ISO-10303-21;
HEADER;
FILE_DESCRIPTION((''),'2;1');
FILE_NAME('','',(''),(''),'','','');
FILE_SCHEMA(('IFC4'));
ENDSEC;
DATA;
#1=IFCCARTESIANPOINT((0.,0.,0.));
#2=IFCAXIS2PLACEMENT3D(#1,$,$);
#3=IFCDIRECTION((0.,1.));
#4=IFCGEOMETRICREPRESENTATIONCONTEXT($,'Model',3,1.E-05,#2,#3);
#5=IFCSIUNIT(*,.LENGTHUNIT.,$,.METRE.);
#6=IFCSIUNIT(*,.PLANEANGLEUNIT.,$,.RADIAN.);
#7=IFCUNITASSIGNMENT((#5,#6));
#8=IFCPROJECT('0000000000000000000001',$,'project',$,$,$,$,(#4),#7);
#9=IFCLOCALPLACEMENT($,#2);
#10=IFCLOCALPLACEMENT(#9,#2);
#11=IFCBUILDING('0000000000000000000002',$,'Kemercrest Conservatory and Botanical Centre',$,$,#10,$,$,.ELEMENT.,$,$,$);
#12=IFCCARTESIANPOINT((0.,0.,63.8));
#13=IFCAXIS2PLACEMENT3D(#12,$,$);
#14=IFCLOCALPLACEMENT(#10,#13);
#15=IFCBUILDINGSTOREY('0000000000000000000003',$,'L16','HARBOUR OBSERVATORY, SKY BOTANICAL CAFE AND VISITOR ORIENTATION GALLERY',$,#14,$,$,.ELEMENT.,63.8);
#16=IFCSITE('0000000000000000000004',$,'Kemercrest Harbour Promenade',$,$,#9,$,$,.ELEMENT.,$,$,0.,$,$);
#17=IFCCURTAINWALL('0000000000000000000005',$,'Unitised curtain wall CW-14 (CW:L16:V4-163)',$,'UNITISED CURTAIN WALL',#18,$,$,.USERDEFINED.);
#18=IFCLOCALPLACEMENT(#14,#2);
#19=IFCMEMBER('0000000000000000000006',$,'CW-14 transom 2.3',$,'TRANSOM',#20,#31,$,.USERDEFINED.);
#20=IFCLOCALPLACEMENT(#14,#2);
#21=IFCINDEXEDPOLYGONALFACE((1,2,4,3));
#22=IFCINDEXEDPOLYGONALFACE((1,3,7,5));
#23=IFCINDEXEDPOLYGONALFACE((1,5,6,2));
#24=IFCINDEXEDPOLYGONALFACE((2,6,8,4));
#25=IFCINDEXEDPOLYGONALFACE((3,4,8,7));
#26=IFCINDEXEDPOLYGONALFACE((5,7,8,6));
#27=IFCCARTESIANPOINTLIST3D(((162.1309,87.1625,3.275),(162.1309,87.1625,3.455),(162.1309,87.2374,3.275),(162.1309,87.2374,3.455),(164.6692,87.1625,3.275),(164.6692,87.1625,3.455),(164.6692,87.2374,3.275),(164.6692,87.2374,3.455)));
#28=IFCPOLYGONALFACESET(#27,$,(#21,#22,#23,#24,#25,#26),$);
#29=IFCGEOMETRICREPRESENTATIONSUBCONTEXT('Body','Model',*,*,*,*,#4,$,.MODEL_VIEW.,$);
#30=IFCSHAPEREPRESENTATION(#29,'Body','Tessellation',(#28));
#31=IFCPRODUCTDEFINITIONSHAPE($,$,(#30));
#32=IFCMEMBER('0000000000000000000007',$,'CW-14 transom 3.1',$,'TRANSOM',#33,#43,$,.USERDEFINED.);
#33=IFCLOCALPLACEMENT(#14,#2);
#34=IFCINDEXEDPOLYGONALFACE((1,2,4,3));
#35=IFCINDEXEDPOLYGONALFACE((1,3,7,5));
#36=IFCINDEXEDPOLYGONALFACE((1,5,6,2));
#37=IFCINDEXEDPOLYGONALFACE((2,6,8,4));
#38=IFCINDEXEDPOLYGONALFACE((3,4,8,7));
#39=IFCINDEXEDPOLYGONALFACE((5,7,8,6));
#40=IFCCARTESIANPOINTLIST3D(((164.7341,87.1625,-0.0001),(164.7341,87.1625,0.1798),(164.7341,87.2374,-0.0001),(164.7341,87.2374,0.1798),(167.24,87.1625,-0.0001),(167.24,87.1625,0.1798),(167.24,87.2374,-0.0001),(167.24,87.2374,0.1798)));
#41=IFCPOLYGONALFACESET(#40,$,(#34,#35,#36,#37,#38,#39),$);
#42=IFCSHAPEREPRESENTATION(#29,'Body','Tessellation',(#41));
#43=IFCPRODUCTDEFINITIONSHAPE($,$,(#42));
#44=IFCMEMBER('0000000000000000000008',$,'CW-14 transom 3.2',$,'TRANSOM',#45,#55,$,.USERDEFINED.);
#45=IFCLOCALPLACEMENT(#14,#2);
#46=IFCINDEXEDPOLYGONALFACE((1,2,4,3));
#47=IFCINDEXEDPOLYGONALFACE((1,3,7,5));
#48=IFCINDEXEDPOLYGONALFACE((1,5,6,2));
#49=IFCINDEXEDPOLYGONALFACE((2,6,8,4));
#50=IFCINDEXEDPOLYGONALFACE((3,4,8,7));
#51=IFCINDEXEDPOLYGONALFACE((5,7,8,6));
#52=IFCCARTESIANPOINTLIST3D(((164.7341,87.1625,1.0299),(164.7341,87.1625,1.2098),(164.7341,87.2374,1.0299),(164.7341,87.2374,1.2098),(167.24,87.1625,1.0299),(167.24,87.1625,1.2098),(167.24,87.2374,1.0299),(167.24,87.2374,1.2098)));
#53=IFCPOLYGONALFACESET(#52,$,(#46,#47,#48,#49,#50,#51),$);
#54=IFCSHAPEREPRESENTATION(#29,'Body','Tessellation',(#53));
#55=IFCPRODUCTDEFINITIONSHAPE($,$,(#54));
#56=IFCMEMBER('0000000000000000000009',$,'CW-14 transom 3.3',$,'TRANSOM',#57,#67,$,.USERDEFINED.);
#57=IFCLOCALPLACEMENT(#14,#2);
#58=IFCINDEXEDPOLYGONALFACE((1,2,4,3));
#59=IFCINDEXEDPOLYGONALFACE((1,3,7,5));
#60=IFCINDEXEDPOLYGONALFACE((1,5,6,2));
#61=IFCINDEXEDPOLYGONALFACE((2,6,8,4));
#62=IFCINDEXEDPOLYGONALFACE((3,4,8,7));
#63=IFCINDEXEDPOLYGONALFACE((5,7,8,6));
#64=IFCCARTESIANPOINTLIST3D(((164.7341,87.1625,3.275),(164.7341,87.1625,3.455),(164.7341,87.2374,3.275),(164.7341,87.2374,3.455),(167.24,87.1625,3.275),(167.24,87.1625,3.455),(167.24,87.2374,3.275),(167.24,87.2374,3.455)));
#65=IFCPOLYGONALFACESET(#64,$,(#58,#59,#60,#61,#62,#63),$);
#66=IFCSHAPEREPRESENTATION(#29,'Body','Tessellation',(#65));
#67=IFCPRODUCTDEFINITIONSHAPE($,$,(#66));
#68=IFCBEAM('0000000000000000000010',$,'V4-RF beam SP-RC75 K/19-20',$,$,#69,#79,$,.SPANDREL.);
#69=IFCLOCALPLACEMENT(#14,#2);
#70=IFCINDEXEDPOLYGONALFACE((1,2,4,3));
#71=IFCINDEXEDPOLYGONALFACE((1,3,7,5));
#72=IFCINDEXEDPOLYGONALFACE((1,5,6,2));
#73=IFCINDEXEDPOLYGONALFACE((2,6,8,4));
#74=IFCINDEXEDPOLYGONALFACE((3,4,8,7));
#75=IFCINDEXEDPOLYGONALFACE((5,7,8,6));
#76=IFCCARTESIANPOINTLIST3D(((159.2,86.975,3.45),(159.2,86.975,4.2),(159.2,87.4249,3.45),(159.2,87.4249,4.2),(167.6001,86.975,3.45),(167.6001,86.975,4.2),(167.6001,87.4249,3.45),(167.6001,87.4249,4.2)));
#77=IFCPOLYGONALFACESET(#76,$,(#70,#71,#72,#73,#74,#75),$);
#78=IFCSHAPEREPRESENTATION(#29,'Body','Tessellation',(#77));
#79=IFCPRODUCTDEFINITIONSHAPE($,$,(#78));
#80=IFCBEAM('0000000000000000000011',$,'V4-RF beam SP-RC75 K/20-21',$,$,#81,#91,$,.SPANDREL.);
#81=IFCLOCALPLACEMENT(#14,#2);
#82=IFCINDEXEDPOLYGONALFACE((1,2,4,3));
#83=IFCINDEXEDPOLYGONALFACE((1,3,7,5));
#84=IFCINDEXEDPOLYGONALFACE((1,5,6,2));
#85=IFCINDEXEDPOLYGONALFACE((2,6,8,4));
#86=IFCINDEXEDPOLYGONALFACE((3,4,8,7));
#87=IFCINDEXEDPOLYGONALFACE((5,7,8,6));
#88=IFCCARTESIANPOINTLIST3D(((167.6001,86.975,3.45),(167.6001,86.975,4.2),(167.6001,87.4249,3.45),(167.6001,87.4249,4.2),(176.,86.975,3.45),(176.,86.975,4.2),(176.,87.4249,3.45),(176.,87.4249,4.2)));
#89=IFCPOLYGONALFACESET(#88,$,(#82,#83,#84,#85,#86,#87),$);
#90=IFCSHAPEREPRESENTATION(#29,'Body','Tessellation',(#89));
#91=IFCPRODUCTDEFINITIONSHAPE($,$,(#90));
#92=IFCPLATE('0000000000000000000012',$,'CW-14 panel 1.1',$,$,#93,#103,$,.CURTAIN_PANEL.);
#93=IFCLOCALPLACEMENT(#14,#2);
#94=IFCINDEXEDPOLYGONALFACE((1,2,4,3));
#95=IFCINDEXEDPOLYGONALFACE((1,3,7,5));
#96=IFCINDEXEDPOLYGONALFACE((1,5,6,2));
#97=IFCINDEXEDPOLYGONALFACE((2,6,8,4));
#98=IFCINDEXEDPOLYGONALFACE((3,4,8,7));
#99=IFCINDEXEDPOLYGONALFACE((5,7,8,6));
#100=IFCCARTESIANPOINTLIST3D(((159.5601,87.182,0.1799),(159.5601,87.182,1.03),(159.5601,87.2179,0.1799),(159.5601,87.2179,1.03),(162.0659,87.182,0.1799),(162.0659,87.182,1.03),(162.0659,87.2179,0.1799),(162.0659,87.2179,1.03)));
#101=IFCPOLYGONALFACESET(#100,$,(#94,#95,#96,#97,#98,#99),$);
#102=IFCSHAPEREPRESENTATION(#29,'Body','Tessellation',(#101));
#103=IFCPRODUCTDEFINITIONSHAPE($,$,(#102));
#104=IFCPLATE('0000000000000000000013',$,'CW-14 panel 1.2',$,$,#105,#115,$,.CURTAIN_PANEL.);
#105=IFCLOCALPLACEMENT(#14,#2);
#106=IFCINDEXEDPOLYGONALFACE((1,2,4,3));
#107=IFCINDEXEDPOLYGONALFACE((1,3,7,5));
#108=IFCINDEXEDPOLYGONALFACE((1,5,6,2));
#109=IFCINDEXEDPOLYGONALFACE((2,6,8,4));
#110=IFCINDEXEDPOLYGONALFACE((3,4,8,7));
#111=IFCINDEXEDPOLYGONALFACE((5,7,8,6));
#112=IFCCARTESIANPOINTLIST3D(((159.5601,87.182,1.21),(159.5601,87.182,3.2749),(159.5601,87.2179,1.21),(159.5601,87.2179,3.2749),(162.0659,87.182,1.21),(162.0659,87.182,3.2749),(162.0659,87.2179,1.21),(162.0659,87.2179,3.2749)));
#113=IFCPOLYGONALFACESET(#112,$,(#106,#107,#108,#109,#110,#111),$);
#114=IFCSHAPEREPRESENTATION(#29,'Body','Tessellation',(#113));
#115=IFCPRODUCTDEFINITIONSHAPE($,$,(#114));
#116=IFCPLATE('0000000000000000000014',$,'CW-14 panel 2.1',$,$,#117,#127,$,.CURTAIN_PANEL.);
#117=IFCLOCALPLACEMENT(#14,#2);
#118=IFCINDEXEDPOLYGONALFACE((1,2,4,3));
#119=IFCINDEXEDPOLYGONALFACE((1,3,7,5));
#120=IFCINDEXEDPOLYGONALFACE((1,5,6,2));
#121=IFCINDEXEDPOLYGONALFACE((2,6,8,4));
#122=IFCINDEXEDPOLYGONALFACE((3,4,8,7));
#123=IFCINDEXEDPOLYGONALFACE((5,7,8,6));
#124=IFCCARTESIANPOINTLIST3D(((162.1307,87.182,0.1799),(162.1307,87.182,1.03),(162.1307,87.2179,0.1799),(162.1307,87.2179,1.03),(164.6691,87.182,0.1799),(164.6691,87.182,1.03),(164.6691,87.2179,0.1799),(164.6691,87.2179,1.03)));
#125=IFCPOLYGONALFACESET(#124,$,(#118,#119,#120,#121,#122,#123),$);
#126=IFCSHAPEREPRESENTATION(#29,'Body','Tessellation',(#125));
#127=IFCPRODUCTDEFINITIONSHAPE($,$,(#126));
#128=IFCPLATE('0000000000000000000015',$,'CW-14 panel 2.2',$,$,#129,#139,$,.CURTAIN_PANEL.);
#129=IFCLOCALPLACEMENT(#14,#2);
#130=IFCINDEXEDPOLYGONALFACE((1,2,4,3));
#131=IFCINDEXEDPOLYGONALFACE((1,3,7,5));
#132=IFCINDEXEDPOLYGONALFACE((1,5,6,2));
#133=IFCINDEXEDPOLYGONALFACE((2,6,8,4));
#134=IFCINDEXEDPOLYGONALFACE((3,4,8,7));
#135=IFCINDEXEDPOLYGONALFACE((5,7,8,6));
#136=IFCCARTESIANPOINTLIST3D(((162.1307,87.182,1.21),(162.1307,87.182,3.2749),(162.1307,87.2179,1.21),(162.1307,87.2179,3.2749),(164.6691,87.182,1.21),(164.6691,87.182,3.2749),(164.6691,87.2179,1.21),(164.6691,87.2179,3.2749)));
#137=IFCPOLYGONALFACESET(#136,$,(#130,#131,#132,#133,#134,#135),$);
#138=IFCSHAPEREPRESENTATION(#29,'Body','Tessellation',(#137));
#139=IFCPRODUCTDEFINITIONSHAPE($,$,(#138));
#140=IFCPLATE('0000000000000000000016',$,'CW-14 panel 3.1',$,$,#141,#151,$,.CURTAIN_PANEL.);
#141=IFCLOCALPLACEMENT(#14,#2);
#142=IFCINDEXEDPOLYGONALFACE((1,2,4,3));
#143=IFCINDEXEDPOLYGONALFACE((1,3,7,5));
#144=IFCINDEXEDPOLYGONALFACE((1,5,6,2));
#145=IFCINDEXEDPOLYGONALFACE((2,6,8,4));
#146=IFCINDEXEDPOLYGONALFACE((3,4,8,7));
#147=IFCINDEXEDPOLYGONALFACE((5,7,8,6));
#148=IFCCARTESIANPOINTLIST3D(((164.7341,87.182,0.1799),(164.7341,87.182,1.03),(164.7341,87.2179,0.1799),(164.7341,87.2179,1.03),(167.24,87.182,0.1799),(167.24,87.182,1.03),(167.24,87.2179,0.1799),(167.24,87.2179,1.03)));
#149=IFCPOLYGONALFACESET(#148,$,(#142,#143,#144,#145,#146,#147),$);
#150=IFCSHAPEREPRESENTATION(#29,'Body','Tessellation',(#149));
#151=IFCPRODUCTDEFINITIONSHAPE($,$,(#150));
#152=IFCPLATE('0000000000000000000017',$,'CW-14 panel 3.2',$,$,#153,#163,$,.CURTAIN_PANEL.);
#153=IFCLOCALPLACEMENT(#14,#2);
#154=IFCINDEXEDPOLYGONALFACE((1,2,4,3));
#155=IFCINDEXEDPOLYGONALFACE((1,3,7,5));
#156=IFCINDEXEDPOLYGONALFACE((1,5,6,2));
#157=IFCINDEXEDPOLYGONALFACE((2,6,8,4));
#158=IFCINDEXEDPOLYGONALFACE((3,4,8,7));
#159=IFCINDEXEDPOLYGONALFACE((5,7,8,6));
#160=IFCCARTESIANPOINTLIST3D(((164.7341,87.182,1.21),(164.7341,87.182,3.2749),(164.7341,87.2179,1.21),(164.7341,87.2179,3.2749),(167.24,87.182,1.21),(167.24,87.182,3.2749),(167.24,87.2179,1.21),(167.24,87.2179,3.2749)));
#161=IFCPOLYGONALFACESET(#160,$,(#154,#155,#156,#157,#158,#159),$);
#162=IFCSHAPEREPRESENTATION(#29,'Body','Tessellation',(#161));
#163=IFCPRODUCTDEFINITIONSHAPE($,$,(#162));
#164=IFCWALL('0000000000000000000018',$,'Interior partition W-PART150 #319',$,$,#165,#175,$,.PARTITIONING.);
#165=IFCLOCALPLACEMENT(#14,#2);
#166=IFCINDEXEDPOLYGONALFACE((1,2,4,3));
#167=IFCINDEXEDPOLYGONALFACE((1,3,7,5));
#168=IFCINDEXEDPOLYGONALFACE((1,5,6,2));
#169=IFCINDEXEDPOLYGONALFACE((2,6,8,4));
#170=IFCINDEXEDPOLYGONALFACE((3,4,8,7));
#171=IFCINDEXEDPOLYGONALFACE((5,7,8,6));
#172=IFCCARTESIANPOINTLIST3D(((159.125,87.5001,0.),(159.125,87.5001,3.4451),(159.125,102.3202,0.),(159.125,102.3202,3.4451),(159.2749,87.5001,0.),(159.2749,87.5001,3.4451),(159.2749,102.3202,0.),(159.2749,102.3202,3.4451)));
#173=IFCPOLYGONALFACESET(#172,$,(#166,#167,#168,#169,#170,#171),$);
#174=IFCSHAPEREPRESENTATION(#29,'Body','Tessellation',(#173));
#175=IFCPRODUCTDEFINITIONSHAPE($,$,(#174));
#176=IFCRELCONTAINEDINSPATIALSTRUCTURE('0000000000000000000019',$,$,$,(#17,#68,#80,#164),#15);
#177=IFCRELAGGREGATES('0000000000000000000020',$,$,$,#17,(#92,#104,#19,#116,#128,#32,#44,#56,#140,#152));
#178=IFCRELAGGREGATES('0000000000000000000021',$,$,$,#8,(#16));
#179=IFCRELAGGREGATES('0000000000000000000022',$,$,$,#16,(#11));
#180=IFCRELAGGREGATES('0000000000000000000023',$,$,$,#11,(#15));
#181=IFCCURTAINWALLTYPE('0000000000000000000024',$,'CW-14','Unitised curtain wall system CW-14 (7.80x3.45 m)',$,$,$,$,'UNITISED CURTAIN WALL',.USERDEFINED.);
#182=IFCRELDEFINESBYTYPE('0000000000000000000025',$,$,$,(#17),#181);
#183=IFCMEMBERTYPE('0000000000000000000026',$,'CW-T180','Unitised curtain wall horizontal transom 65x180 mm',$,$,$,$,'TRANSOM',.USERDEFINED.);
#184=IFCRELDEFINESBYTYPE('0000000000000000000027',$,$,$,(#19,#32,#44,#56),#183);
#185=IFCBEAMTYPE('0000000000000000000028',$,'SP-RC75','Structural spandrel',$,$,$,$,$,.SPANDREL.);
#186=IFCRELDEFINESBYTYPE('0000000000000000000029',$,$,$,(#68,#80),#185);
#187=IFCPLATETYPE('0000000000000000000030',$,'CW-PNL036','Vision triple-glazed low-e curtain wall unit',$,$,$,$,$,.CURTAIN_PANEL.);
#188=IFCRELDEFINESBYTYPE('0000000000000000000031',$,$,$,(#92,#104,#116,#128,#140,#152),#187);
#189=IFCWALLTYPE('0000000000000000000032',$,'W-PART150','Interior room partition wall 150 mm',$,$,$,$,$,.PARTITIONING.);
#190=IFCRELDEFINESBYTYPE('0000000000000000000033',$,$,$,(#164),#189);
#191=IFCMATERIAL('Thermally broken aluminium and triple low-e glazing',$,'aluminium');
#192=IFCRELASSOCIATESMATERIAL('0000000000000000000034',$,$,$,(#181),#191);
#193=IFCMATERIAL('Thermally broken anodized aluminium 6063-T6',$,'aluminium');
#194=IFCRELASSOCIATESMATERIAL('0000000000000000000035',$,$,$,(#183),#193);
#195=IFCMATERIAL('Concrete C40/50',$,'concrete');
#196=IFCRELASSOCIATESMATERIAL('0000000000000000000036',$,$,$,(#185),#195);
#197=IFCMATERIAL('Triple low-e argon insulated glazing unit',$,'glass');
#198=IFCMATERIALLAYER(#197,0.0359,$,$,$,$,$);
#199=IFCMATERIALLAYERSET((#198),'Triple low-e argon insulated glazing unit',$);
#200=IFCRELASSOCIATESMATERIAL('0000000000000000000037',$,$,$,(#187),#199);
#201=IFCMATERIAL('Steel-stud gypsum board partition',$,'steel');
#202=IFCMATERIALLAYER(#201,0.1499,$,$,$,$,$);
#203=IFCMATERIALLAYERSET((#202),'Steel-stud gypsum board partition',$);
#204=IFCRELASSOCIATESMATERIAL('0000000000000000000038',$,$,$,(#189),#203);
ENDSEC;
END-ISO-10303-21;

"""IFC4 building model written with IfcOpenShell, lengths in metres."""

from ifc_helpers import new_model, si_unit, direction, frame, frame_2d, origin, origin_2d, place, context, subcontext, project, spatial, rectangle, extrude, material, layer, layer_set, material_profile, profile_set, type_object, element, aggregate, save


model = new_model("IFC4")

# Units and contexts
model_context = context("Model", 3, precision=1e-05, world=origin(), true_north=direction((0.0, 1.0)))
body_context = subcontext(model_context, "Body", "Model", "MODEL_VIEW")
ifc_project = project(units=[si_unit("LENGTHUNIT", "METRE"), si_unit("PLANEANGLEUNIT", "RADIAN")], contexts=[model_context])

# Site, building, storey
site_placement = place(None, origin())
site = spatial("IfcSite", under=ifc_project, at=site_placement, Name="Kemercrest Harbour Promenade", CompositionType="ELEMENT", RefElevation=0.0)
building_placement = place(site_placement, origin())
building = spatial("IfcBuilding", under=site, at=building_placement, Name="Kemercrest Conservatory and Botanical Centre", CompositionType="ELEMENT")
storey_placement = place(building_placement, frame((0.0, 0.0, 63.8)))
storey = spatial("IfcBuildingStorey", under=building, at=storey_placement, Name="L16", Description="HARBOUR OBSERVATORY, SKY BOTANICAL CAFE AND VISITOR ORIENTATION GALLERY", CompositionType="ELEMENT", Elevation=63.8)

# Shared definitions
ifc_material_1 = material(Name="Concrete C40/50", Category="concrete")

# Shared definitions
ifc_material_2 = material(Name="Thermally broken aluminium and triple low-e glazing", Category="aluminium")
ifc_material_3 = material(Name="Thermally broken anodized aluminium 6063-T6", Category="aluminium")

# Curtain wall
curtain_wall_type_1 = type_object("IfcCurtainWallType", Name="CW-14", Description="Unitised curtain wall system CW-14 (7.80x3.45 m)", ElementType="UNITISED CURTAIN WALL", PredefinedType="USERDEFINED", material=ifc_material_2)
curtain_wall_1_placement = place(storey_placement, origin())
curtain_wall_1 = element("IfcCurtainWall", 1, at=curtain_wall_1_placement, inside=storey, type_object=curtain_wall_type_1, Name="Unitised curtain wall CW-14 (CW:L16:V4-163)", ObjectType="UNITISED CURTAIN WALL", PredefinedType="USERDEFINED")

# Members
ifc_material_profile_1 = material_profile(ifc_material_3, rectangle(XDim=0.075, YDim=0.1799, at=origin_2d()), Name="AL TRANSOM 75x180")
ifc_profile_set_1 = profile_set([ifc_material_profile_1], Name="Thermally broken anodized aluminium 6063-T6")
member_type_1 = type_object("IfcMemberType", Name="CW-T180", Description="Unitised curtain wall horizontal transom 65x180 mm", ElementType="TRANSOM", PredefinedType="USERDEFINED", material=ifc_profile_set_1)
member_1_placement = place(storey_placement, frame((162.1309, 87.2, 3.365), z_axis=(1.0, 0.0, 0.0), x_axis=(0.0, 1.0, 0.0)))
member_1 = element("IfcMember", 2, at=member_1_placement, type_object=member_type_1, Name="CW-14 transom 2.3", ObjectType="TRANSOM", PredefinedType="USERDEFINED", context=body_context, shape_type="SweptSolid", body=[
    extrude(rectangle(XDim=0.075, YDim=0.1799, at=origin_2d()), origin(), (0.0, 0.0, 1.0), 2.5383),
])
member_2_placement = place(storey_placement, frame((164.7341, 87.2, 0.0898), z_axis=(1.0, 0.0, 0.0), x_axis=(0.0, 1.0, 0.0)))
member_2 = element("IfcMember", 3, at=member_2_placement, type_object=member_type_1, Name="CW-14 transom 3.1", ObjectType="TRANSOM", PredefinedType="USERDEFINED", context=body_context, shape_type="SweptSolid", body=[
    extrude(rectangle(XDim=0.075, YDim=0.1799, at=origin_2d()), origin(), (0.0, 0.0, 1.0), 2.5059),
])
member_3_placement = place(storey_placement, frame((164.7341, 87.2, 1.1199), z_axis=(1.0, 0.0, 0.0), x_axis=(0.0, 1.0, 0.0)))
member_3 = element("IfcMember", 4, at=member_3_placement, type_object=member_type_1, Name="CW-14 transom 3.2", ObjectType="TRANSOM", PredefinedType="USERDEFINED", context=body_context, shape_type="SweptSolid", body=[
    extrude(rectangle(XDim=0.075, YDim=0.1799, at=origin_2d()), origin(), (0.0, 0.0, 1.0), 2.5059),
])
member_4_placement = place(storey_placement, frame((164.7341, 87.2, 3.365), z_axis=(1.0, 0.0, 0.0), x_axis=(0.0, 1.0, 0.0)))
member_4 = element("IfcMember", 5, at=member_4_placement, type_object=member_type_1, Name="CW-14 transom 3.3", ObjectType="TRANSOM", PredefinedType="USERDEFINED", context=body_context, shape_type="SweptSolid", body=[
    extrude(rectangle(XDim=0.075, YDim=0.1799, at=origin_2d()), origin(), (0.0, 0.0, 1.0), 2.5059),
])

# Beams
ifc_material_profile_2 = material_profile(ifc_material_1, rectangle(XDim=0.45, YDim=0.75, at=origin_2d()), Name="RC 450x750")
ifc_profile_set_2 = profile_set([ifc_material_profile_2], Name="Concrete C40/50")
beam_type_1 = type_object("IfcBeamType", Name="SP-RC75", Description="Structural spandrel", PredefinedType="SPANDREL", material=ifc_profile_set_2)
beam_1_placement = place(storey_placement, frame((159.2, 87.2, 3.825), z_axis=(1.0, 0.0, 0.0), x_axis=(0.0, 1.0, 0.0)))
element("IfcBeam", 6, at=beam_1_placement, inside=storey, type_object=beam_type_1, Name="V4-RF beam SP-RC75 K/19-20", PredefinedType="SPANDREL", context=body_context, shape_type="SweptSolid", body=[
    extrude(rectangle(XDim=0.45, YDim=0.75, at=origin_2d()), origin(), (0.0, 0.0, 1.0), 8.4001),
])
beam_2_placement = place(storey_placement, frame((167.6001, 87.2, 3.825), z_axis=(1.0, 0.0, 0.0), x_axis=(0.0, 1.0, 0.0)))
element("IfcBeam", 7, at=beam_2_placement, inside=storey, type_object=beam_type_1, Name="V4-RF beam SP-RC75 K/20-21", PredefinedType="SPANDREL", context=body_context, shape_type="SweptSolid", body=[
    extrude(rectangle(XDim=0.45, YDim=0.75, at=origin_2d()), origin(), (0.0, 0.0, 1.0), 8.3999),
])

# Plates
ifc_material_4 = material(Name="Triple low-e argon insulated glazing unit", Category="glass")
ifc_layer_1 = layer(ifc_material_4, 0.0359)
ifc_layer_set_1 = layer_set([ifc_layer_1], Name="Triple low-e argon insulated glazing unit")
plate_type = type_object("IfcPlateType", Name="CW-PNL036", Description="Vision triple-glazed low-e curtain wall unit", PredefinedType="CURTAIN_PANEL", material=ifc_layer_set_1)
plate_1_placement = place(storey_placement, frame((160.813, 87.2, 0.1799), z_axis=(0.0, 0.0, 1.0), x_axis=(1.0, 0.0, 0.0)))
plate_1 = element("IfcPlate", 8, at=plate_1_placement, type_object=plate_type, Name="CW-14 panel 1.1", PredefinedType="CURTAIN_PANEL", context=body_context, shape_type="SweptSolid", body=[
    extrude(rectangle(XDim=2.5059, YDim=0.0359, at=origin_2d()), origin(), (0.0, 0.0, 1.0), 0.8501),
])
plate_2_placement = place(storey_placement, frame((160.813, 87.2, 1.21), z_axis=(0.0, 0.0, 1.0), x_axis=(1.0, 0.0, 0.0)))
plate_2 = element("IfcPlate", 9, at=plate_2_placement, type_object=plate_type, Name="CW-14 panel 1.2", PredefinedType="CURTAIN_PANEL", context=body_context, shape_type="SweptSolid", body=[
    extrude(rectangle(XDim=2.5059, YDim=0.0359, at=origin_2d()), origin(), (0.0, 0.0, 1.0), 2.0649),
])
plate_3_placement = place(storey_placement, frame((163.3999, 87.2, 0.1799), z_axis=(0.0, 0.0, 1.0), x_axis=(1.0, 0.0, 0.0)))
plate_3 = element("IfcPlate", 10, at=plate_3_placement, type_object=plate_type, Name="CW-14 panel 2.1", PredefinedType="CURTAIN_PANEL", context=body_context, shape_type="SweptSolid", body=[
    extrude(rectangle(XDim=2.5383, YDim=0.0359, at=origin_2d()), origin(), (0.0, 0.0, 1.0), 0.8501),
])
plate_4_placement = place(storey_placement, frame((163.3999, 87.2, 1.21), z_axis=(0.0, 0.0, 1.0), x_axis=(1.0, 0.0, 0.0)))
plate_4 = element("IfcPlate", 11, at=plate_4_placement, type_object=plate_type, Name="CW-14 panel 2.2", PredefinedType="CURTAIN_PANEL", context=body_context, shape_type="SweptSolid", body=[
    extrude(rectangle(XDim=2.5383, YDim=0.0359, at=origin_2d()), origin(), (0.0, 0.0, 1.0), 2.0649),
])
plate_5_placement = place(storey_placement, frame((165.9871, 87.2, 0.1799), z_axis=(0.0, 0.0, 1.0), x_axis=(1.0, 0.0, 0.0)))
plate_5 = element("IfcPlate", 12, at=plate_5_placement, type_object=plate_type, Name="CW-14 panel 3.1", PredefinedType="CURTAIN_PANEL", context=body_context, shape_type="SweptSolid", body=[
    extrude(rectangle(XDim=2.5059, YDim=0.0359, at=origin_2d()), origin(), (0.0, 0.0, 1.0), 0.8501),
])
plate_6_placement = place(storey_placement, frame((165.9871, 87.2, 1.21), z_axis=(0.0, 0.0, 1.0), x_axis=(1.0, 0.0, 0.0)))
plate_6 = element("IfcPlate", 13, at=plate_6_placement, type_object=plate_type, Name="CW-14 panel 3.2", PredefinedType="CURTAIN_PANEL", context=body_context, shape_type="SweptSolid", body=[
    extrude(rectangle(XDim=2.5059, YDim=0.0359, at=origin_2d()), origin(), (0.0, 0.0, 1.0), 2.0649),
])
aggregate(curtain_wall_1, [plate_1, plate_2, member_1, plate_3, plate_4, member_2, member_3, member_4, plate_5, plate_6])

# Wall
ifc_material_5 = material(Name="Steel-stud gypsum board partition", Category="steel")
ifc_layer_2 = layer(ifc_material_5, 0.1499)
ifc_layer_set_2 = layer_set([ifc_layer_2], Name="Steel-stud gypsum board partition")
wall_type = type_object("IfcWallType", Name="W-PART150", Description="Interior room partition wall 150 mm", PredefinedType="PARTITIONING", material=ifc_layer_set_2)
wall_placement = place(storey_placement, frame((159.2, 87.5, 0.0), z_axis=(0.0, 0.0, 1.0), x_axis=(0.0, 1.0, 0.0)))
element("IfcWall", 14, at=wall_placement, inside=storey, type_object=wall_type, Name="Interior partition W-PART150 #319", PredefinedType="PARTITIONING", context=body_context, shape_type="SweptSolid", body=[
    extrude(rectangle(XDim=14.8201, YDim=0.1499, at=frame_2d((7.4102, 0.0))), origin(), (0.0, 0.0, 1.0), 3.4451),
])

save(model, "model.ifc")
